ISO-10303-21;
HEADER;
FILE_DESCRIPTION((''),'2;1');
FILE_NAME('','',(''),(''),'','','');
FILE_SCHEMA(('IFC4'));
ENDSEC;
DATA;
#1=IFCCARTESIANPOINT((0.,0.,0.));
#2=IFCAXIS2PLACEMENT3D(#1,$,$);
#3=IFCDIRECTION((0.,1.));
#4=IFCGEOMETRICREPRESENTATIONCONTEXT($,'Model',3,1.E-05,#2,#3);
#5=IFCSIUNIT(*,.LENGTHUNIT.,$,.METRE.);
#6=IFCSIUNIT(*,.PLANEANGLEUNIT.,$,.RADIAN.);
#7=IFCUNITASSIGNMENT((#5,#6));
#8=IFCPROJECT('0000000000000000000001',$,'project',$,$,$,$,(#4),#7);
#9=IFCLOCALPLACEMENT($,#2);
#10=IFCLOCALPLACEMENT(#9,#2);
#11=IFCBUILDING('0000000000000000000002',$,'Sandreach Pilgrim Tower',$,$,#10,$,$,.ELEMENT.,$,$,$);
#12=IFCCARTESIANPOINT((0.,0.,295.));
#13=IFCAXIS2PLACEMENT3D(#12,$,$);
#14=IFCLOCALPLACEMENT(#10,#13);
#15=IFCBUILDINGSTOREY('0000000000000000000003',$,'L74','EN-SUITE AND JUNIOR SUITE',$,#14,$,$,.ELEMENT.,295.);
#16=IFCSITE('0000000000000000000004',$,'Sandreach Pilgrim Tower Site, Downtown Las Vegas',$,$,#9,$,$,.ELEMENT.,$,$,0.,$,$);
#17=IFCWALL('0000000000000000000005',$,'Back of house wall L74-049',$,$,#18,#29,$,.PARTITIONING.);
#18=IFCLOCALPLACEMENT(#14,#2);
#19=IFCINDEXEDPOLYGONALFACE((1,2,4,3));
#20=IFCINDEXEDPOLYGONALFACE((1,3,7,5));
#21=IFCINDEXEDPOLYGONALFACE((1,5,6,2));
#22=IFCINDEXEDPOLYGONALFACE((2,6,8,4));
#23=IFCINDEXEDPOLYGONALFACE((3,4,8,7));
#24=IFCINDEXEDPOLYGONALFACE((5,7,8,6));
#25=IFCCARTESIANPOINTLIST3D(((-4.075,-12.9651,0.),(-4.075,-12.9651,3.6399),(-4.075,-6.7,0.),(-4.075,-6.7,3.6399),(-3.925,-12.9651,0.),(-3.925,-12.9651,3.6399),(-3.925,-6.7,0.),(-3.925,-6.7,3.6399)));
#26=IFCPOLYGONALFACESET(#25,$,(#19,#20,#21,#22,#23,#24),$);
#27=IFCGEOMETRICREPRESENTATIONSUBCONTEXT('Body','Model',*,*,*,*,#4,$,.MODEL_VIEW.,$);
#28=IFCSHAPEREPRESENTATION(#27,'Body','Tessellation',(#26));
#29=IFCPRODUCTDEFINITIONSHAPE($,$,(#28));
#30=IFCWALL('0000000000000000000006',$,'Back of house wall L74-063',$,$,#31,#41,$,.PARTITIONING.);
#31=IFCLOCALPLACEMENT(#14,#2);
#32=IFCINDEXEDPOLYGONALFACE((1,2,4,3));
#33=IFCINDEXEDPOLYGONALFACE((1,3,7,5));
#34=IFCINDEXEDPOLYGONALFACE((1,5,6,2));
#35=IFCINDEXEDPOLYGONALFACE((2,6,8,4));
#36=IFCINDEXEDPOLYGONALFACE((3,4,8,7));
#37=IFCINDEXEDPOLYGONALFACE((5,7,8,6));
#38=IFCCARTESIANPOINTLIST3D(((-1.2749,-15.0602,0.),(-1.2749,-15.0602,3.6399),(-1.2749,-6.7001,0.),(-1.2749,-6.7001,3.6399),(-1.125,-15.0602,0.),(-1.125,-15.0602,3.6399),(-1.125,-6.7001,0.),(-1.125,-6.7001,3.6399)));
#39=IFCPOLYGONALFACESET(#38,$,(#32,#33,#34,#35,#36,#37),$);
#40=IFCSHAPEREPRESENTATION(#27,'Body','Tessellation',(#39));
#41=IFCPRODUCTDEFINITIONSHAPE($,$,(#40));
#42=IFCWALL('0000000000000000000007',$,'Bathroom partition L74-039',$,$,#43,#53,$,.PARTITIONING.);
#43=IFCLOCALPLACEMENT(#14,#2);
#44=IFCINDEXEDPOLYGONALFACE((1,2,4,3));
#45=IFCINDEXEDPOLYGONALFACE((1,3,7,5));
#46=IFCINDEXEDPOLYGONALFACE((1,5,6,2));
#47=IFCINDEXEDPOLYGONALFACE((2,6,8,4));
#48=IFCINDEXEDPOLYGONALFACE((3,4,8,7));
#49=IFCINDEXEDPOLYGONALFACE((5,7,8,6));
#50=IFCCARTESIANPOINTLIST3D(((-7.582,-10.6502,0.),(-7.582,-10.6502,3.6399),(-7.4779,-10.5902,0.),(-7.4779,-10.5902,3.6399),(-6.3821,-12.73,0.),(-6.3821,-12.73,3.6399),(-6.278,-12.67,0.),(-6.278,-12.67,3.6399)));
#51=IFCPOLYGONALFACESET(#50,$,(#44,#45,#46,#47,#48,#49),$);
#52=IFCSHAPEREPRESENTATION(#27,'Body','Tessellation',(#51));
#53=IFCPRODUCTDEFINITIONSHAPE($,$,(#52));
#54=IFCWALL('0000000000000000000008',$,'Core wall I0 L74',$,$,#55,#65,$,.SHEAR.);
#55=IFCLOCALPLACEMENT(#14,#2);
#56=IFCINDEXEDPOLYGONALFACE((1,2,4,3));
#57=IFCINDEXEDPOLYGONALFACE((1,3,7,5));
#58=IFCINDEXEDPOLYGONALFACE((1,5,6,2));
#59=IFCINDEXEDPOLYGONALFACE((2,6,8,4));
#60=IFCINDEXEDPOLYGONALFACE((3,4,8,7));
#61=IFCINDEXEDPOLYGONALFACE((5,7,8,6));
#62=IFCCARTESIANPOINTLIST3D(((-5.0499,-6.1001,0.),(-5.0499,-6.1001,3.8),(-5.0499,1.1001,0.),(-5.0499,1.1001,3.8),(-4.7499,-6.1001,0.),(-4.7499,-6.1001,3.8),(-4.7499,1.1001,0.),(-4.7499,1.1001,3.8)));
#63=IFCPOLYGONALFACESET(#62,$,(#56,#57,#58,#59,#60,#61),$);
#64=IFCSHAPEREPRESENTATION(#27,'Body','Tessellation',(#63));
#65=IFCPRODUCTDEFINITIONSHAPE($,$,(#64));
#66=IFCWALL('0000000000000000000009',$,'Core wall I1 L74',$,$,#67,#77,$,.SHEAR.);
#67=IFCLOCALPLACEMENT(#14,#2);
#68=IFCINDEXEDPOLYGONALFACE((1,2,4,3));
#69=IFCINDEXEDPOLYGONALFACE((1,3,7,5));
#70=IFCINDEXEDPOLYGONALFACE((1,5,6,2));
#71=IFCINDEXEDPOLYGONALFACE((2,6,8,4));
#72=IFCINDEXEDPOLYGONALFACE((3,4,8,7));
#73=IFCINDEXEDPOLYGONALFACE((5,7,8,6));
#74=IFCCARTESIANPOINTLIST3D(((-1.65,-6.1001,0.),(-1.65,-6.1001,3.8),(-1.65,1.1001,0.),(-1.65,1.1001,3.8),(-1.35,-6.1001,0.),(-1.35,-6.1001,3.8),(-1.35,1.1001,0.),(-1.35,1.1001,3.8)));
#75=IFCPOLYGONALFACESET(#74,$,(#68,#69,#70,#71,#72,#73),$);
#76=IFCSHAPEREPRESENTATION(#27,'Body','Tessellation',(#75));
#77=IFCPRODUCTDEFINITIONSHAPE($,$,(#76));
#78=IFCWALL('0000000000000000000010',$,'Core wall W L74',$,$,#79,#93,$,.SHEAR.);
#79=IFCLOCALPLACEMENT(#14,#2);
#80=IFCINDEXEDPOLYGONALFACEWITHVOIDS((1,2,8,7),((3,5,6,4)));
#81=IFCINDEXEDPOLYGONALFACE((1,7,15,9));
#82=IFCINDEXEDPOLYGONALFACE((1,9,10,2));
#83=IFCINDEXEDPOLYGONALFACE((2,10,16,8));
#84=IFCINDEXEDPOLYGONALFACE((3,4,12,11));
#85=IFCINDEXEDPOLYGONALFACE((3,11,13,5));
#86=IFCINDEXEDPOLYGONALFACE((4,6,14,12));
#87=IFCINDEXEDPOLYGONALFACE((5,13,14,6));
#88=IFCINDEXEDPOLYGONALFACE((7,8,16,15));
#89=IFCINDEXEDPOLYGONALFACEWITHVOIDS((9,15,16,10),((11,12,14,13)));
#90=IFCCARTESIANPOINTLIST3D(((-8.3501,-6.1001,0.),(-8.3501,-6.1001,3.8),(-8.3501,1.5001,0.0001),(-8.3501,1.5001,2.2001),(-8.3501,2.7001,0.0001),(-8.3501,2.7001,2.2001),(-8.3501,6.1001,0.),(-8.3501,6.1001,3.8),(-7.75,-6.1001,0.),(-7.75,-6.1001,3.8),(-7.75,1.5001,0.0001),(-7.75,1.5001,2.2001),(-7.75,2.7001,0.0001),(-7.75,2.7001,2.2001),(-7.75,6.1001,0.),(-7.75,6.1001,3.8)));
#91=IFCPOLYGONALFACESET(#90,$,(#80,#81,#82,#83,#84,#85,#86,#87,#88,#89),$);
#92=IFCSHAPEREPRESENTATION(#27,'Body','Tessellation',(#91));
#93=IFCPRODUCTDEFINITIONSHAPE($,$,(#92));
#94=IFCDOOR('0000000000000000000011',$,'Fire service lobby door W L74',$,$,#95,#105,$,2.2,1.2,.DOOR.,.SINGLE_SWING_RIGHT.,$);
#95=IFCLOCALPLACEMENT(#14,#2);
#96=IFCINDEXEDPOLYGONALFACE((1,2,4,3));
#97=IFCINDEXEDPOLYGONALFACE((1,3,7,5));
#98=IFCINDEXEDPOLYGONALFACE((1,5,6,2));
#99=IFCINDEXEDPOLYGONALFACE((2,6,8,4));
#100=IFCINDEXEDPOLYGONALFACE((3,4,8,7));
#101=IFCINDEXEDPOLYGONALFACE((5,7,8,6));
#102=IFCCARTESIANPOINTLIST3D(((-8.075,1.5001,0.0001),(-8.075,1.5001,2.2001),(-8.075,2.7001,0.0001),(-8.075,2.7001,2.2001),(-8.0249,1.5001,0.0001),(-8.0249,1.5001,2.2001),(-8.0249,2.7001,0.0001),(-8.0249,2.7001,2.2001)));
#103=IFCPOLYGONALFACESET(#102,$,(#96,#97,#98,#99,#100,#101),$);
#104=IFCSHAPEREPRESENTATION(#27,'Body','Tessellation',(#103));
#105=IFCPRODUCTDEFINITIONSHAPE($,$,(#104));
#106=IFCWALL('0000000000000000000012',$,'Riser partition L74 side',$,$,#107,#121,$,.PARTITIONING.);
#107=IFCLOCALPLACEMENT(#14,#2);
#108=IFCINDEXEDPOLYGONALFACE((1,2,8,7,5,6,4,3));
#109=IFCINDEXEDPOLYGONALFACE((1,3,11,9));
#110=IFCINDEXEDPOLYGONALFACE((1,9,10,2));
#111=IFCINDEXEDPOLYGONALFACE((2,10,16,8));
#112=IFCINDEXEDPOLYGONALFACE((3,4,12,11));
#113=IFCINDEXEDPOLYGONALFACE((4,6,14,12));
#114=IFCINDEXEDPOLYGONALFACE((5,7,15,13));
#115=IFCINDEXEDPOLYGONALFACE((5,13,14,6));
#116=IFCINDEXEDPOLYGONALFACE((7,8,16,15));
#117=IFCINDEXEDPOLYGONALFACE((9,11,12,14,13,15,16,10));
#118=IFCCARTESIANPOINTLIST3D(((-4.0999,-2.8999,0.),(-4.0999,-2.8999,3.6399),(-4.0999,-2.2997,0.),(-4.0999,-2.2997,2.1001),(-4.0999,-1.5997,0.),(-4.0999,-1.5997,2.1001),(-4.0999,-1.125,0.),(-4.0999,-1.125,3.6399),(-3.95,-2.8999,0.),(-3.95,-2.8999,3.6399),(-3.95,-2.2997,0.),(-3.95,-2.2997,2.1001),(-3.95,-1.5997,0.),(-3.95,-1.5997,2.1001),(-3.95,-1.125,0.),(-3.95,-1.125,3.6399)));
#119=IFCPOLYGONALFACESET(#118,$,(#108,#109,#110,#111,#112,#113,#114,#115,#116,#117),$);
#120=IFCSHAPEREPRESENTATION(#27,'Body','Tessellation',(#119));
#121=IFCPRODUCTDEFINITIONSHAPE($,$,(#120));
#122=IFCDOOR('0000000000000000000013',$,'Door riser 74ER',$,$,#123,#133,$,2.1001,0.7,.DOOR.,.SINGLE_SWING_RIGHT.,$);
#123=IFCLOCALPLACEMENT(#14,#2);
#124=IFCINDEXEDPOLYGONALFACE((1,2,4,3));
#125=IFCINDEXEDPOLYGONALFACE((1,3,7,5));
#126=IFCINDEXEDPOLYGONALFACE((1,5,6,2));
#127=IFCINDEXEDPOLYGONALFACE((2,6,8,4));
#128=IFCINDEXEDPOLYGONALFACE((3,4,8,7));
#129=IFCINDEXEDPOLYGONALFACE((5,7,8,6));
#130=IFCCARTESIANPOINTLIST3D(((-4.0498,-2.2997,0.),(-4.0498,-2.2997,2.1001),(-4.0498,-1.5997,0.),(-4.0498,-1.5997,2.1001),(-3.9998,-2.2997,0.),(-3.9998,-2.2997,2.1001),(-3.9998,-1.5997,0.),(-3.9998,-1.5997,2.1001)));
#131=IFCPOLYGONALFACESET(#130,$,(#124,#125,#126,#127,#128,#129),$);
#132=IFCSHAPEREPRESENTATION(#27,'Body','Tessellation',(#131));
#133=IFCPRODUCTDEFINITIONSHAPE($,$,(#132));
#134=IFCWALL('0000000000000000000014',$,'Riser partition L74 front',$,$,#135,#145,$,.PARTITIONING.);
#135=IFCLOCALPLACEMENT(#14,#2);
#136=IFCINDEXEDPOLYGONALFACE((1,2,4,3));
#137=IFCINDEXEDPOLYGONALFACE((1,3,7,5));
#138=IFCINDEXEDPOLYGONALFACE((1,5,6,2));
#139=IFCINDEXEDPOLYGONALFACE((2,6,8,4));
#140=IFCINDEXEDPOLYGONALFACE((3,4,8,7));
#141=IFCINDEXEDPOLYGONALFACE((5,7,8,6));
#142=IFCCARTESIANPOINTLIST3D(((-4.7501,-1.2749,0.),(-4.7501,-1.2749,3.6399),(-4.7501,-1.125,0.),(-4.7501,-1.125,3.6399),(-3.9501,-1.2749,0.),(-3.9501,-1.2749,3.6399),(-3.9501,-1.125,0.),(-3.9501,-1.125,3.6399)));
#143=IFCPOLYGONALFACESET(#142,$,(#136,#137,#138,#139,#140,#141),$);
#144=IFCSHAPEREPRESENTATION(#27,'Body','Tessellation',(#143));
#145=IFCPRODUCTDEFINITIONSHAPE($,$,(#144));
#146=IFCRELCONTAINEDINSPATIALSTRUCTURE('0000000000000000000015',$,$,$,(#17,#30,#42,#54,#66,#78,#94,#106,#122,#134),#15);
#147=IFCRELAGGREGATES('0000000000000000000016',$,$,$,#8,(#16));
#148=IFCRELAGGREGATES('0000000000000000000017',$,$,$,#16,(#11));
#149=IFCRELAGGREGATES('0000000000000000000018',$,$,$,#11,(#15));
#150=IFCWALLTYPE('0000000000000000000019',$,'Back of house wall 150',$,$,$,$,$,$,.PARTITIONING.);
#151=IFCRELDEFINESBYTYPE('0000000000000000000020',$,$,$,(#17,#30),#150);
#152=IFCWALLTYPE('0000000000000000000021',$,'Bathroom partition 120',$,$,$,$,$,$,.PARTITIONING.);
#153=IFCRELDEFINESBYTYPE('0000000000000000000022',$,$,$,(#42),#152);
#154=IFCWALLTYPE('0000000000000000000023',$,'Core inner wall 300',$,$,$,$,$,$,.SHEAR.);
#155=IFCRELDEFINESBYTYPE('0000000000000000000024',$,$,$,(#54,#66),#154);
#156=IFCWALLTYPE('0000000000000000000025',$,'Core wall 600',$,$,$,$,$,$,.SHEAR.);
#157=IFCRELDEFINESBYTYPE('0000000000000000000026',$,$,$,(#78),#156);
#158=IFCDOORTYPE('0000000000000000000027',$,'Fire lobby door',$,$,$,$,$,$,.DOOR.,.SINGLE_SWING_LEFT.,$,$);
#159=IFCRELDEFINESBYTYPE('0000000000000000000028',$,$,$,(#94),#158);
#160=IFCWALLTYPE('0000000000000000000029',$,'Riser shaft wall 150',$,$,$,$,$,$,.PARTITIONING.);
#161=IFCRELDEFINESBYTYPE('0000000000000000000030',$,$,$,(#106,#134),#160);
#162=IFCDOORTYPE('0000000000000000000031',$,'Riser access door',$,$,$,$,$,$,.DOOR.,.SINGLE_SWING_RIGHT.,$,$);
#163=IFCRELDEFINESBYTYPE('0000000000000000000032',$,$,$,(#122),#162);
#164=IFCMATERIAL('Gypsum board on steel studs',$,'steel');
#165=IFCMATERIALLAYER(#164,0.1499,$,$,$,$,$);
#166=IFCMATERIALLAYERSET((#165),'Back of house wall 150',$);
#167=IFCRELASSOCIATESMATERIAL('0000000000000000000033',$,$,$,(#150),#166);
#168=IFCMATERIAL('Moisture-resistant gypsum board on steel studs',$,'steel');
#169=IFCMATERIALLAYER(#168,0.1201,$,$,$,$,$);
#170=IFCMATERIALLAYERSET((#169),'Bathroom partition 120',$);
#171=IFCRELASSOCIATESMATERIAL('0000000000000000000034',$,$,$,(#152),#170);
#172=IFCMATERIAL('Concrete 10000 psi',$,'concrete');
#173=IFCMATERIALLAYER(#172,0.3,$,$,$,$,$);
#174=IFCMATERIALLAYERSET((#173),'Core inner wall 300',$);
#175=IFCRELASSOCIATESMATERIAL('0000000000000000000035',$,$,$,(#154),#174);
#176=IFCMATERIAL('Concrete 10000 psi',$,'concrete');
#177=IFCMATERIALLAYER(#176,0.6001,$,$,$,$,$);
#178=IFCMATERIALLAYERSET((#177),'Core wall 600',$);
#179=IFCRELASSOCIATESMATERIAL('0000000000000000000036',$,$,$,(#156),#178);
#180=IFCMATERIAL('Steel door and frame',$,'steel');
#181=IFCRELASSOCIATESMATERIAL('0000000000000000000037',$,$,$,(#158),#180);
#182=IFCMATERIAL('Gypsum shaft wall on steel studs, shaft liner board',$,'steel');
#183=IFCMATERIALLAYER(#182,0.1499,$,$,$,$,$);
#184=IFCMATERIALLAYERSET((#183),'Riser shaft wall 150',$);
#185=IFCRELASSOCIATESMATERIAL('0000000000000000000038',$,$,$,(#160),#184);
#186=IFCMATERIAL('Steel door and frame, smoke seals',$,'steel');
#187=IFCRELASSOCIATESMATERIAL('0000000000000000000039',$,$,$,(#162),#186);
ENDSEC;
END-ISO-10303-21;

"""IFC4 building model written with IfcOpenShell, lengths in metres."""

from ifc_helpers import new_model, si_unit, direction, frame, frame_2d, origin, place, context, subcontext, project, spatial, rectangle, extrude, material, layer, layer_set, type_object, element, fill, save


model = new_model("IFC4")

# Units and contexts
model_context = context("Model", 3, precision=1e-05, world=origin(), true_north=direction((0.0, 1.0)))
body_context = subcontext(model_context, "Body", "Model", "MODEL_VIEW")
ifc_project = project(units=[si_unit("LENGTHUNIT", "METRE"), si_unit("PLANEANGLEUNIT", "RADIAN")], contexts=[model_context])

# Site, building, storey
site_placement = place(None, origin())
site = spatial("IfcSite", under=ifc_project, at=site_placement, Name="Sandreach Pilgrim Tower Site, Downtown Las Vegas", CompositionType="ELEMENT", RefElevation=0.0)
building_placement = place(site_placement, origin())
building = spatial("IfcBuilding", under=site, at=building_placement, Name="Sandreach Pilgrim Tower", CompositionType="ELEMENT")
storey_placement = place(building_placement, frame((0.0, 0.0, 295.0)))
storey = spatial("IfcBuildingStorey", under=building, at=storey_placement, Name="L74", Description="EN-SUITE AND JUNIOR SUITE", CompositionType="ELEMENT", Elevation=295.0)

# Walls
ifc_material_1 = material(Name="Gypsum board on steel studs", Category="steel")
ifc_layer_1 = layer(ifc_material_1, 0.1499)
ifc_layer_set_1 = layer_set([ifc_layer_1], Name="Back of house wall 150")
wall_type_1 = type_object("IfcWallType", Name="Back of house wall 150", PredefinedType="PARTITIONING", material=ifc_layer_set_1)
wall_1_placement = place(storey_placement, frame((-4.0, -6.7, 0.0), z_axis=(0.0, 0.0, 1.0), x_axis=(0.0, -1.0, 0.0)))
element("IfcWall", 1, at=wall_1_placement, inside=storey, type_object=wall_type_1, Name="Back of house wall L74-049", PredefinedType="PARTITIONING", context=body_context, shape_type="SweptSolid", body=[
    extrude(rectangle(XDim=6.2651, YDim=0.1499, at=frame_2d((3.1326, 0.0))), origin(), (0.0, 0.0, 1.0), 3.6399),
])
wall_2_placement = place(storey_placement, frame((-1.2, -6.7, 0.0), z_axis=(0.0, 0.0, 1.0), x_axis=(0.0, -1.0, 0.0)))
element("IfcWall", 2, at=wall_2_placement, inside=storey, type_object=wall_type_1, Name="Back of house wall L74-063", PredefinedType="PARTITIONING", context=body_context, shape_type="SweptSolid", body=[
    extrude(rectangle(XDim=8.3601, YDim=0.1499, at=frame_2d((4.1802, 0.0))), origin(), (0.0, 0.0, 1.0), 3.6399),
])
ifc_material_2 = material(Name="Moisture-resistant gypsum board on steel studs", Category="steel")
ifc_layer_2 = layer(ifc_material_2, 0.1201)
ifc_layer_set_2 = layer_set([ifc_layer_2], Name="Bathroom partition 120")
wall_type_2 = type_object("IfcWallType", Name="Bathroom partition 120", PredefinedType="PARTITIONING", material=ifc_layer_set_2)
wall_3_placement = place(storey_placement, frame((-7.53, -10.6201, 0.0), z_axis=(0.0, 0.0, 1.0), x_axis=(0.499737, -0.866177, 0.0)))
element("IfcWall", 3, at=wall_3_placement, inside=storey, type_object=wall_type_2, Name="Bathroom partition L74-039", PredefinedType="PARTITIONING", context=body_context, shape_type="SweptSolid", body=[
    extrude(rectangle(XDim=2.4011, YDim=0.1201, at=frame_2d((1.2007, 0.0))), origin(), (0.0, 0.0, 1.0), 3.6399),
])
ifc_material_3 = material(Name="Concrete 10000 psi", Category="concrete")
ifc_layer_3 = layer(ifc_material_3, 0.3)
ifc_layer_set_3 = layer_set([ifc_layer_3], Name="Core inner wall 300")
wall_type_3 = type_object("IfcWallType", Name="Core inner wall 300", PredefinedType="SHEAR", material=ifc_layer_set_3)
for number, where, z_axis, x_axis, name in (
    (4, (-4.8999, -6.1001, 0.0), (0.0, 0.0, 1.0), (0.0, 1.0, 0.0), "Core wall I0 L74"),
    (5, (-1.5, -6.1001, 0.0), (0.0, 0.0, 1.0), (0.0, 1.0, 0.0), "Core wall I1 L74"),
):
    element("IfcWall", number, at=place(storey_placement, frame(where, z_axis=z_axis, x_axis=x_axis)), inside=storey, type_object=wall_type_3, Name=name, PredefinedType="SHEAR", context=body_context, shape_type="SweptSolid", body=[
        extrude(rectangle(XDim=7.2002, YDim=0.3, at=frame_2d((3.6001, 0.0))), origin(), (0.0, 0.0, 1.0), 3.8),
    ])

# Walls, openings, doors
ifc_material_4 = material(Name="Concrete 10000 psi", Category="concrete")
ifc_layer_4 = layer(ifc_material_4, 0.6001)
ifc_layer_set_4 = layer_set([ifc_layer_4], Name="Core wall 600")
wall_type_4 = type_object("IfcWallType", Name="Core wall 600", PredefinedType="SHEAR", material=ifc_layer_set_4)
wall_4_placement = place(storey_placement, frame((-8.05, -6.1001, 0.0), z_axis=(0.0, 0.0, 1.0), x_axis=(0.0, 1.0, 0.0)))
wall_4 = element("IfcWall", 6, at=wall_4_placement, inside=storey, type_object=wall_type_4, Name="Core wall W L74", PredefinedType="SHEAR", context=body_context, shape_type="SweptSolid", body=[
    extrude(rectangle(XDim=12.2002, YDim=0.6001, at=frame_2d((6.1001, 0.0))), origin(), (0.0, 0.0, 1.0), 3.8),
])
opening_1_placement = place(wall_4_placement, frame((7.6001, 0.0, 0.0)))
opening_1 = element("IfcOpeningElement", 7, at=opening_1_placement, cuts=wall_4, PredefinedType="OPENING", context=body_context, shape_type="SweptSolid", body=[
    extrude(rectangle(XDim=1.2, YDim=2.2, at=frame_2d((0.6001, 1.1001))), frame((0.0, 0.3, 0.0), z_axis=(0.0, -1.0, 0.0), x_axis=(1.0, 0.0, 0.0)), (0.0, 0.0, 1.0), 0.6001),
])
ifc_material_5 = material(Name="Steel door and frame", Category="steel")
door_type_1 = type_object("IfcDoorType", Name="Fire lobby door", OperationType="SINGLE_SWING_LEFT", PredefinedType="DOOR", material=ifc_material_5)
door_1_placement = place(opening_1_placement, origin())
door_1 = element("IfcDoor", 8, at=door_1_placement, inside=storey, type_object=door_type_1, Name="Fire service lobby door W L74", OperationType="SINGLE_SWING_RIGHT", OverallHeight=2.2, OverallWidth=1.2, PredefinedType="DOOR", context=body_context, shape_type="SweptSolid", body=[
    extrude(rectangle(XDim=1.2, YDim=2.2, at=frame_2d((0.6001, 1.1001))), frame((0.0, 0.0249, 0.0), z_axis=(0.0, -1.0, 0.0), x_axis=(1.0, 0.0, 0.0)), (0.0, 0.0, 1.0), 0.05),
])
fill(opening_1, door_1)
ifc_material_6 = material(Name="Gypsum shaft wall on steel studs, shaft liner board", Category="steel")
ifc_layer_5 = layer(ifc_material_6, 0.1499)
ifc_layer_set_5 = layer_set([ifc_layer_5], Name="Riser shaft wall 150")
wall_type_5 = type_object("IfcWallType", Name="Riser shaft wall 150", PredefinedType="PARTITIONING", material=ifc_layer_set_5)
wall_5_placement = place(storey_placement, frame((-4.0249, -2.8999, 0.0), z_axis=(0.0, 0.0, 1.0), x_axis=(0.0, 1.0, 0.0)))
wall_5 = element("IfcWall", 9, at=wall_5_placement, inside=storey, type_object=wall_type_5, Name="Riser partition L74 side", PredefinedType="PARTITIONING", context=body_context, shape_type="SweptSolid", body=[
    extrude(rectangle(XDim=1.7749, YDim=0.1499, at=frame_2d((0.8875, 0.0))), origin(), (0.0, 0.0, 1.0), 3.6399),
])
opening_2_placement = place(wall_5_placement, frame((0.6001, 0.0, 0.0)))
opening_2 = element("IfcOpeningElement", 10, at=opening_2_placement, cuts=wall_5, PredefinedType="OPENING", context=body_context, shape_type="SweptSolid", body=[
    extrude(rectangle(XDim=0.7, YDim=2.1001, at=frame_2d((0.3501, 1.05))), frame((0.0, 0.075, 0.0), z_axis=(0.0, -1.0, 0.0), x_axis=(1.0, 0.0, 0.0)), (0.0, 0.0, 1.0), 0.1499),
])
ifc_material_7 = material(Name="Steel door and frame, smoke seals", Category="steel")
door_type_2 = type_object("IfcDoorType", Name="Riser access door", OperationType="SINGLE_SWING_RIGHT", PredefinedType="DOOR", material=ifc_material_7)
door_2_placement = place(opening_2_placement, origin())
door_2 = element("IfcDoor", 11, at=door_2_placement, inside=storey, type_object=door_type_2, Name="Door riser 74ER", OperationType="SINGLE_SWING_RIGHT", OverallHeight=2.1001, OverallWidth=0.7, PredefinedType="DOOR", context=body_context, shape_type="SweptSolid", body=[
    extrude(rectangle(XDim=0.7, YDim=2.1001, at=frame_2d((0.3501, 1.05))), frame((0.0, 0.0249, 0.0), z_axis=(0.0, -1.0, 0.0), x_axis=(1.0, 0.0, 0.0)), (0.0, 0.0, 1.0), 0.05),
])
fill(opening_2, door_2)

# Wall
wall_6_placement = place(storey_placement, frame((-4.75, -1.2, 0.0), z_axis=(0.0, 0.0, 1.0), x_axis=(1.0, 0.0, 0.0)))
element("IfcWall", 12, at=wall_6_placement, inside=storey, type_object=wall_type_5, Name="Riser partition L74 front", PredefinedType="PARTITIONING", context=body_context, shape_type="SweptSolid", body=[
    extrude(rectangle(XDim=0.8, YDim=0.1499, at=frame_2d((0.3999, 0.0))), origin(), (0.0, 0.0, 1.0), 3.6399),
])

save(model, "model.ifc")
